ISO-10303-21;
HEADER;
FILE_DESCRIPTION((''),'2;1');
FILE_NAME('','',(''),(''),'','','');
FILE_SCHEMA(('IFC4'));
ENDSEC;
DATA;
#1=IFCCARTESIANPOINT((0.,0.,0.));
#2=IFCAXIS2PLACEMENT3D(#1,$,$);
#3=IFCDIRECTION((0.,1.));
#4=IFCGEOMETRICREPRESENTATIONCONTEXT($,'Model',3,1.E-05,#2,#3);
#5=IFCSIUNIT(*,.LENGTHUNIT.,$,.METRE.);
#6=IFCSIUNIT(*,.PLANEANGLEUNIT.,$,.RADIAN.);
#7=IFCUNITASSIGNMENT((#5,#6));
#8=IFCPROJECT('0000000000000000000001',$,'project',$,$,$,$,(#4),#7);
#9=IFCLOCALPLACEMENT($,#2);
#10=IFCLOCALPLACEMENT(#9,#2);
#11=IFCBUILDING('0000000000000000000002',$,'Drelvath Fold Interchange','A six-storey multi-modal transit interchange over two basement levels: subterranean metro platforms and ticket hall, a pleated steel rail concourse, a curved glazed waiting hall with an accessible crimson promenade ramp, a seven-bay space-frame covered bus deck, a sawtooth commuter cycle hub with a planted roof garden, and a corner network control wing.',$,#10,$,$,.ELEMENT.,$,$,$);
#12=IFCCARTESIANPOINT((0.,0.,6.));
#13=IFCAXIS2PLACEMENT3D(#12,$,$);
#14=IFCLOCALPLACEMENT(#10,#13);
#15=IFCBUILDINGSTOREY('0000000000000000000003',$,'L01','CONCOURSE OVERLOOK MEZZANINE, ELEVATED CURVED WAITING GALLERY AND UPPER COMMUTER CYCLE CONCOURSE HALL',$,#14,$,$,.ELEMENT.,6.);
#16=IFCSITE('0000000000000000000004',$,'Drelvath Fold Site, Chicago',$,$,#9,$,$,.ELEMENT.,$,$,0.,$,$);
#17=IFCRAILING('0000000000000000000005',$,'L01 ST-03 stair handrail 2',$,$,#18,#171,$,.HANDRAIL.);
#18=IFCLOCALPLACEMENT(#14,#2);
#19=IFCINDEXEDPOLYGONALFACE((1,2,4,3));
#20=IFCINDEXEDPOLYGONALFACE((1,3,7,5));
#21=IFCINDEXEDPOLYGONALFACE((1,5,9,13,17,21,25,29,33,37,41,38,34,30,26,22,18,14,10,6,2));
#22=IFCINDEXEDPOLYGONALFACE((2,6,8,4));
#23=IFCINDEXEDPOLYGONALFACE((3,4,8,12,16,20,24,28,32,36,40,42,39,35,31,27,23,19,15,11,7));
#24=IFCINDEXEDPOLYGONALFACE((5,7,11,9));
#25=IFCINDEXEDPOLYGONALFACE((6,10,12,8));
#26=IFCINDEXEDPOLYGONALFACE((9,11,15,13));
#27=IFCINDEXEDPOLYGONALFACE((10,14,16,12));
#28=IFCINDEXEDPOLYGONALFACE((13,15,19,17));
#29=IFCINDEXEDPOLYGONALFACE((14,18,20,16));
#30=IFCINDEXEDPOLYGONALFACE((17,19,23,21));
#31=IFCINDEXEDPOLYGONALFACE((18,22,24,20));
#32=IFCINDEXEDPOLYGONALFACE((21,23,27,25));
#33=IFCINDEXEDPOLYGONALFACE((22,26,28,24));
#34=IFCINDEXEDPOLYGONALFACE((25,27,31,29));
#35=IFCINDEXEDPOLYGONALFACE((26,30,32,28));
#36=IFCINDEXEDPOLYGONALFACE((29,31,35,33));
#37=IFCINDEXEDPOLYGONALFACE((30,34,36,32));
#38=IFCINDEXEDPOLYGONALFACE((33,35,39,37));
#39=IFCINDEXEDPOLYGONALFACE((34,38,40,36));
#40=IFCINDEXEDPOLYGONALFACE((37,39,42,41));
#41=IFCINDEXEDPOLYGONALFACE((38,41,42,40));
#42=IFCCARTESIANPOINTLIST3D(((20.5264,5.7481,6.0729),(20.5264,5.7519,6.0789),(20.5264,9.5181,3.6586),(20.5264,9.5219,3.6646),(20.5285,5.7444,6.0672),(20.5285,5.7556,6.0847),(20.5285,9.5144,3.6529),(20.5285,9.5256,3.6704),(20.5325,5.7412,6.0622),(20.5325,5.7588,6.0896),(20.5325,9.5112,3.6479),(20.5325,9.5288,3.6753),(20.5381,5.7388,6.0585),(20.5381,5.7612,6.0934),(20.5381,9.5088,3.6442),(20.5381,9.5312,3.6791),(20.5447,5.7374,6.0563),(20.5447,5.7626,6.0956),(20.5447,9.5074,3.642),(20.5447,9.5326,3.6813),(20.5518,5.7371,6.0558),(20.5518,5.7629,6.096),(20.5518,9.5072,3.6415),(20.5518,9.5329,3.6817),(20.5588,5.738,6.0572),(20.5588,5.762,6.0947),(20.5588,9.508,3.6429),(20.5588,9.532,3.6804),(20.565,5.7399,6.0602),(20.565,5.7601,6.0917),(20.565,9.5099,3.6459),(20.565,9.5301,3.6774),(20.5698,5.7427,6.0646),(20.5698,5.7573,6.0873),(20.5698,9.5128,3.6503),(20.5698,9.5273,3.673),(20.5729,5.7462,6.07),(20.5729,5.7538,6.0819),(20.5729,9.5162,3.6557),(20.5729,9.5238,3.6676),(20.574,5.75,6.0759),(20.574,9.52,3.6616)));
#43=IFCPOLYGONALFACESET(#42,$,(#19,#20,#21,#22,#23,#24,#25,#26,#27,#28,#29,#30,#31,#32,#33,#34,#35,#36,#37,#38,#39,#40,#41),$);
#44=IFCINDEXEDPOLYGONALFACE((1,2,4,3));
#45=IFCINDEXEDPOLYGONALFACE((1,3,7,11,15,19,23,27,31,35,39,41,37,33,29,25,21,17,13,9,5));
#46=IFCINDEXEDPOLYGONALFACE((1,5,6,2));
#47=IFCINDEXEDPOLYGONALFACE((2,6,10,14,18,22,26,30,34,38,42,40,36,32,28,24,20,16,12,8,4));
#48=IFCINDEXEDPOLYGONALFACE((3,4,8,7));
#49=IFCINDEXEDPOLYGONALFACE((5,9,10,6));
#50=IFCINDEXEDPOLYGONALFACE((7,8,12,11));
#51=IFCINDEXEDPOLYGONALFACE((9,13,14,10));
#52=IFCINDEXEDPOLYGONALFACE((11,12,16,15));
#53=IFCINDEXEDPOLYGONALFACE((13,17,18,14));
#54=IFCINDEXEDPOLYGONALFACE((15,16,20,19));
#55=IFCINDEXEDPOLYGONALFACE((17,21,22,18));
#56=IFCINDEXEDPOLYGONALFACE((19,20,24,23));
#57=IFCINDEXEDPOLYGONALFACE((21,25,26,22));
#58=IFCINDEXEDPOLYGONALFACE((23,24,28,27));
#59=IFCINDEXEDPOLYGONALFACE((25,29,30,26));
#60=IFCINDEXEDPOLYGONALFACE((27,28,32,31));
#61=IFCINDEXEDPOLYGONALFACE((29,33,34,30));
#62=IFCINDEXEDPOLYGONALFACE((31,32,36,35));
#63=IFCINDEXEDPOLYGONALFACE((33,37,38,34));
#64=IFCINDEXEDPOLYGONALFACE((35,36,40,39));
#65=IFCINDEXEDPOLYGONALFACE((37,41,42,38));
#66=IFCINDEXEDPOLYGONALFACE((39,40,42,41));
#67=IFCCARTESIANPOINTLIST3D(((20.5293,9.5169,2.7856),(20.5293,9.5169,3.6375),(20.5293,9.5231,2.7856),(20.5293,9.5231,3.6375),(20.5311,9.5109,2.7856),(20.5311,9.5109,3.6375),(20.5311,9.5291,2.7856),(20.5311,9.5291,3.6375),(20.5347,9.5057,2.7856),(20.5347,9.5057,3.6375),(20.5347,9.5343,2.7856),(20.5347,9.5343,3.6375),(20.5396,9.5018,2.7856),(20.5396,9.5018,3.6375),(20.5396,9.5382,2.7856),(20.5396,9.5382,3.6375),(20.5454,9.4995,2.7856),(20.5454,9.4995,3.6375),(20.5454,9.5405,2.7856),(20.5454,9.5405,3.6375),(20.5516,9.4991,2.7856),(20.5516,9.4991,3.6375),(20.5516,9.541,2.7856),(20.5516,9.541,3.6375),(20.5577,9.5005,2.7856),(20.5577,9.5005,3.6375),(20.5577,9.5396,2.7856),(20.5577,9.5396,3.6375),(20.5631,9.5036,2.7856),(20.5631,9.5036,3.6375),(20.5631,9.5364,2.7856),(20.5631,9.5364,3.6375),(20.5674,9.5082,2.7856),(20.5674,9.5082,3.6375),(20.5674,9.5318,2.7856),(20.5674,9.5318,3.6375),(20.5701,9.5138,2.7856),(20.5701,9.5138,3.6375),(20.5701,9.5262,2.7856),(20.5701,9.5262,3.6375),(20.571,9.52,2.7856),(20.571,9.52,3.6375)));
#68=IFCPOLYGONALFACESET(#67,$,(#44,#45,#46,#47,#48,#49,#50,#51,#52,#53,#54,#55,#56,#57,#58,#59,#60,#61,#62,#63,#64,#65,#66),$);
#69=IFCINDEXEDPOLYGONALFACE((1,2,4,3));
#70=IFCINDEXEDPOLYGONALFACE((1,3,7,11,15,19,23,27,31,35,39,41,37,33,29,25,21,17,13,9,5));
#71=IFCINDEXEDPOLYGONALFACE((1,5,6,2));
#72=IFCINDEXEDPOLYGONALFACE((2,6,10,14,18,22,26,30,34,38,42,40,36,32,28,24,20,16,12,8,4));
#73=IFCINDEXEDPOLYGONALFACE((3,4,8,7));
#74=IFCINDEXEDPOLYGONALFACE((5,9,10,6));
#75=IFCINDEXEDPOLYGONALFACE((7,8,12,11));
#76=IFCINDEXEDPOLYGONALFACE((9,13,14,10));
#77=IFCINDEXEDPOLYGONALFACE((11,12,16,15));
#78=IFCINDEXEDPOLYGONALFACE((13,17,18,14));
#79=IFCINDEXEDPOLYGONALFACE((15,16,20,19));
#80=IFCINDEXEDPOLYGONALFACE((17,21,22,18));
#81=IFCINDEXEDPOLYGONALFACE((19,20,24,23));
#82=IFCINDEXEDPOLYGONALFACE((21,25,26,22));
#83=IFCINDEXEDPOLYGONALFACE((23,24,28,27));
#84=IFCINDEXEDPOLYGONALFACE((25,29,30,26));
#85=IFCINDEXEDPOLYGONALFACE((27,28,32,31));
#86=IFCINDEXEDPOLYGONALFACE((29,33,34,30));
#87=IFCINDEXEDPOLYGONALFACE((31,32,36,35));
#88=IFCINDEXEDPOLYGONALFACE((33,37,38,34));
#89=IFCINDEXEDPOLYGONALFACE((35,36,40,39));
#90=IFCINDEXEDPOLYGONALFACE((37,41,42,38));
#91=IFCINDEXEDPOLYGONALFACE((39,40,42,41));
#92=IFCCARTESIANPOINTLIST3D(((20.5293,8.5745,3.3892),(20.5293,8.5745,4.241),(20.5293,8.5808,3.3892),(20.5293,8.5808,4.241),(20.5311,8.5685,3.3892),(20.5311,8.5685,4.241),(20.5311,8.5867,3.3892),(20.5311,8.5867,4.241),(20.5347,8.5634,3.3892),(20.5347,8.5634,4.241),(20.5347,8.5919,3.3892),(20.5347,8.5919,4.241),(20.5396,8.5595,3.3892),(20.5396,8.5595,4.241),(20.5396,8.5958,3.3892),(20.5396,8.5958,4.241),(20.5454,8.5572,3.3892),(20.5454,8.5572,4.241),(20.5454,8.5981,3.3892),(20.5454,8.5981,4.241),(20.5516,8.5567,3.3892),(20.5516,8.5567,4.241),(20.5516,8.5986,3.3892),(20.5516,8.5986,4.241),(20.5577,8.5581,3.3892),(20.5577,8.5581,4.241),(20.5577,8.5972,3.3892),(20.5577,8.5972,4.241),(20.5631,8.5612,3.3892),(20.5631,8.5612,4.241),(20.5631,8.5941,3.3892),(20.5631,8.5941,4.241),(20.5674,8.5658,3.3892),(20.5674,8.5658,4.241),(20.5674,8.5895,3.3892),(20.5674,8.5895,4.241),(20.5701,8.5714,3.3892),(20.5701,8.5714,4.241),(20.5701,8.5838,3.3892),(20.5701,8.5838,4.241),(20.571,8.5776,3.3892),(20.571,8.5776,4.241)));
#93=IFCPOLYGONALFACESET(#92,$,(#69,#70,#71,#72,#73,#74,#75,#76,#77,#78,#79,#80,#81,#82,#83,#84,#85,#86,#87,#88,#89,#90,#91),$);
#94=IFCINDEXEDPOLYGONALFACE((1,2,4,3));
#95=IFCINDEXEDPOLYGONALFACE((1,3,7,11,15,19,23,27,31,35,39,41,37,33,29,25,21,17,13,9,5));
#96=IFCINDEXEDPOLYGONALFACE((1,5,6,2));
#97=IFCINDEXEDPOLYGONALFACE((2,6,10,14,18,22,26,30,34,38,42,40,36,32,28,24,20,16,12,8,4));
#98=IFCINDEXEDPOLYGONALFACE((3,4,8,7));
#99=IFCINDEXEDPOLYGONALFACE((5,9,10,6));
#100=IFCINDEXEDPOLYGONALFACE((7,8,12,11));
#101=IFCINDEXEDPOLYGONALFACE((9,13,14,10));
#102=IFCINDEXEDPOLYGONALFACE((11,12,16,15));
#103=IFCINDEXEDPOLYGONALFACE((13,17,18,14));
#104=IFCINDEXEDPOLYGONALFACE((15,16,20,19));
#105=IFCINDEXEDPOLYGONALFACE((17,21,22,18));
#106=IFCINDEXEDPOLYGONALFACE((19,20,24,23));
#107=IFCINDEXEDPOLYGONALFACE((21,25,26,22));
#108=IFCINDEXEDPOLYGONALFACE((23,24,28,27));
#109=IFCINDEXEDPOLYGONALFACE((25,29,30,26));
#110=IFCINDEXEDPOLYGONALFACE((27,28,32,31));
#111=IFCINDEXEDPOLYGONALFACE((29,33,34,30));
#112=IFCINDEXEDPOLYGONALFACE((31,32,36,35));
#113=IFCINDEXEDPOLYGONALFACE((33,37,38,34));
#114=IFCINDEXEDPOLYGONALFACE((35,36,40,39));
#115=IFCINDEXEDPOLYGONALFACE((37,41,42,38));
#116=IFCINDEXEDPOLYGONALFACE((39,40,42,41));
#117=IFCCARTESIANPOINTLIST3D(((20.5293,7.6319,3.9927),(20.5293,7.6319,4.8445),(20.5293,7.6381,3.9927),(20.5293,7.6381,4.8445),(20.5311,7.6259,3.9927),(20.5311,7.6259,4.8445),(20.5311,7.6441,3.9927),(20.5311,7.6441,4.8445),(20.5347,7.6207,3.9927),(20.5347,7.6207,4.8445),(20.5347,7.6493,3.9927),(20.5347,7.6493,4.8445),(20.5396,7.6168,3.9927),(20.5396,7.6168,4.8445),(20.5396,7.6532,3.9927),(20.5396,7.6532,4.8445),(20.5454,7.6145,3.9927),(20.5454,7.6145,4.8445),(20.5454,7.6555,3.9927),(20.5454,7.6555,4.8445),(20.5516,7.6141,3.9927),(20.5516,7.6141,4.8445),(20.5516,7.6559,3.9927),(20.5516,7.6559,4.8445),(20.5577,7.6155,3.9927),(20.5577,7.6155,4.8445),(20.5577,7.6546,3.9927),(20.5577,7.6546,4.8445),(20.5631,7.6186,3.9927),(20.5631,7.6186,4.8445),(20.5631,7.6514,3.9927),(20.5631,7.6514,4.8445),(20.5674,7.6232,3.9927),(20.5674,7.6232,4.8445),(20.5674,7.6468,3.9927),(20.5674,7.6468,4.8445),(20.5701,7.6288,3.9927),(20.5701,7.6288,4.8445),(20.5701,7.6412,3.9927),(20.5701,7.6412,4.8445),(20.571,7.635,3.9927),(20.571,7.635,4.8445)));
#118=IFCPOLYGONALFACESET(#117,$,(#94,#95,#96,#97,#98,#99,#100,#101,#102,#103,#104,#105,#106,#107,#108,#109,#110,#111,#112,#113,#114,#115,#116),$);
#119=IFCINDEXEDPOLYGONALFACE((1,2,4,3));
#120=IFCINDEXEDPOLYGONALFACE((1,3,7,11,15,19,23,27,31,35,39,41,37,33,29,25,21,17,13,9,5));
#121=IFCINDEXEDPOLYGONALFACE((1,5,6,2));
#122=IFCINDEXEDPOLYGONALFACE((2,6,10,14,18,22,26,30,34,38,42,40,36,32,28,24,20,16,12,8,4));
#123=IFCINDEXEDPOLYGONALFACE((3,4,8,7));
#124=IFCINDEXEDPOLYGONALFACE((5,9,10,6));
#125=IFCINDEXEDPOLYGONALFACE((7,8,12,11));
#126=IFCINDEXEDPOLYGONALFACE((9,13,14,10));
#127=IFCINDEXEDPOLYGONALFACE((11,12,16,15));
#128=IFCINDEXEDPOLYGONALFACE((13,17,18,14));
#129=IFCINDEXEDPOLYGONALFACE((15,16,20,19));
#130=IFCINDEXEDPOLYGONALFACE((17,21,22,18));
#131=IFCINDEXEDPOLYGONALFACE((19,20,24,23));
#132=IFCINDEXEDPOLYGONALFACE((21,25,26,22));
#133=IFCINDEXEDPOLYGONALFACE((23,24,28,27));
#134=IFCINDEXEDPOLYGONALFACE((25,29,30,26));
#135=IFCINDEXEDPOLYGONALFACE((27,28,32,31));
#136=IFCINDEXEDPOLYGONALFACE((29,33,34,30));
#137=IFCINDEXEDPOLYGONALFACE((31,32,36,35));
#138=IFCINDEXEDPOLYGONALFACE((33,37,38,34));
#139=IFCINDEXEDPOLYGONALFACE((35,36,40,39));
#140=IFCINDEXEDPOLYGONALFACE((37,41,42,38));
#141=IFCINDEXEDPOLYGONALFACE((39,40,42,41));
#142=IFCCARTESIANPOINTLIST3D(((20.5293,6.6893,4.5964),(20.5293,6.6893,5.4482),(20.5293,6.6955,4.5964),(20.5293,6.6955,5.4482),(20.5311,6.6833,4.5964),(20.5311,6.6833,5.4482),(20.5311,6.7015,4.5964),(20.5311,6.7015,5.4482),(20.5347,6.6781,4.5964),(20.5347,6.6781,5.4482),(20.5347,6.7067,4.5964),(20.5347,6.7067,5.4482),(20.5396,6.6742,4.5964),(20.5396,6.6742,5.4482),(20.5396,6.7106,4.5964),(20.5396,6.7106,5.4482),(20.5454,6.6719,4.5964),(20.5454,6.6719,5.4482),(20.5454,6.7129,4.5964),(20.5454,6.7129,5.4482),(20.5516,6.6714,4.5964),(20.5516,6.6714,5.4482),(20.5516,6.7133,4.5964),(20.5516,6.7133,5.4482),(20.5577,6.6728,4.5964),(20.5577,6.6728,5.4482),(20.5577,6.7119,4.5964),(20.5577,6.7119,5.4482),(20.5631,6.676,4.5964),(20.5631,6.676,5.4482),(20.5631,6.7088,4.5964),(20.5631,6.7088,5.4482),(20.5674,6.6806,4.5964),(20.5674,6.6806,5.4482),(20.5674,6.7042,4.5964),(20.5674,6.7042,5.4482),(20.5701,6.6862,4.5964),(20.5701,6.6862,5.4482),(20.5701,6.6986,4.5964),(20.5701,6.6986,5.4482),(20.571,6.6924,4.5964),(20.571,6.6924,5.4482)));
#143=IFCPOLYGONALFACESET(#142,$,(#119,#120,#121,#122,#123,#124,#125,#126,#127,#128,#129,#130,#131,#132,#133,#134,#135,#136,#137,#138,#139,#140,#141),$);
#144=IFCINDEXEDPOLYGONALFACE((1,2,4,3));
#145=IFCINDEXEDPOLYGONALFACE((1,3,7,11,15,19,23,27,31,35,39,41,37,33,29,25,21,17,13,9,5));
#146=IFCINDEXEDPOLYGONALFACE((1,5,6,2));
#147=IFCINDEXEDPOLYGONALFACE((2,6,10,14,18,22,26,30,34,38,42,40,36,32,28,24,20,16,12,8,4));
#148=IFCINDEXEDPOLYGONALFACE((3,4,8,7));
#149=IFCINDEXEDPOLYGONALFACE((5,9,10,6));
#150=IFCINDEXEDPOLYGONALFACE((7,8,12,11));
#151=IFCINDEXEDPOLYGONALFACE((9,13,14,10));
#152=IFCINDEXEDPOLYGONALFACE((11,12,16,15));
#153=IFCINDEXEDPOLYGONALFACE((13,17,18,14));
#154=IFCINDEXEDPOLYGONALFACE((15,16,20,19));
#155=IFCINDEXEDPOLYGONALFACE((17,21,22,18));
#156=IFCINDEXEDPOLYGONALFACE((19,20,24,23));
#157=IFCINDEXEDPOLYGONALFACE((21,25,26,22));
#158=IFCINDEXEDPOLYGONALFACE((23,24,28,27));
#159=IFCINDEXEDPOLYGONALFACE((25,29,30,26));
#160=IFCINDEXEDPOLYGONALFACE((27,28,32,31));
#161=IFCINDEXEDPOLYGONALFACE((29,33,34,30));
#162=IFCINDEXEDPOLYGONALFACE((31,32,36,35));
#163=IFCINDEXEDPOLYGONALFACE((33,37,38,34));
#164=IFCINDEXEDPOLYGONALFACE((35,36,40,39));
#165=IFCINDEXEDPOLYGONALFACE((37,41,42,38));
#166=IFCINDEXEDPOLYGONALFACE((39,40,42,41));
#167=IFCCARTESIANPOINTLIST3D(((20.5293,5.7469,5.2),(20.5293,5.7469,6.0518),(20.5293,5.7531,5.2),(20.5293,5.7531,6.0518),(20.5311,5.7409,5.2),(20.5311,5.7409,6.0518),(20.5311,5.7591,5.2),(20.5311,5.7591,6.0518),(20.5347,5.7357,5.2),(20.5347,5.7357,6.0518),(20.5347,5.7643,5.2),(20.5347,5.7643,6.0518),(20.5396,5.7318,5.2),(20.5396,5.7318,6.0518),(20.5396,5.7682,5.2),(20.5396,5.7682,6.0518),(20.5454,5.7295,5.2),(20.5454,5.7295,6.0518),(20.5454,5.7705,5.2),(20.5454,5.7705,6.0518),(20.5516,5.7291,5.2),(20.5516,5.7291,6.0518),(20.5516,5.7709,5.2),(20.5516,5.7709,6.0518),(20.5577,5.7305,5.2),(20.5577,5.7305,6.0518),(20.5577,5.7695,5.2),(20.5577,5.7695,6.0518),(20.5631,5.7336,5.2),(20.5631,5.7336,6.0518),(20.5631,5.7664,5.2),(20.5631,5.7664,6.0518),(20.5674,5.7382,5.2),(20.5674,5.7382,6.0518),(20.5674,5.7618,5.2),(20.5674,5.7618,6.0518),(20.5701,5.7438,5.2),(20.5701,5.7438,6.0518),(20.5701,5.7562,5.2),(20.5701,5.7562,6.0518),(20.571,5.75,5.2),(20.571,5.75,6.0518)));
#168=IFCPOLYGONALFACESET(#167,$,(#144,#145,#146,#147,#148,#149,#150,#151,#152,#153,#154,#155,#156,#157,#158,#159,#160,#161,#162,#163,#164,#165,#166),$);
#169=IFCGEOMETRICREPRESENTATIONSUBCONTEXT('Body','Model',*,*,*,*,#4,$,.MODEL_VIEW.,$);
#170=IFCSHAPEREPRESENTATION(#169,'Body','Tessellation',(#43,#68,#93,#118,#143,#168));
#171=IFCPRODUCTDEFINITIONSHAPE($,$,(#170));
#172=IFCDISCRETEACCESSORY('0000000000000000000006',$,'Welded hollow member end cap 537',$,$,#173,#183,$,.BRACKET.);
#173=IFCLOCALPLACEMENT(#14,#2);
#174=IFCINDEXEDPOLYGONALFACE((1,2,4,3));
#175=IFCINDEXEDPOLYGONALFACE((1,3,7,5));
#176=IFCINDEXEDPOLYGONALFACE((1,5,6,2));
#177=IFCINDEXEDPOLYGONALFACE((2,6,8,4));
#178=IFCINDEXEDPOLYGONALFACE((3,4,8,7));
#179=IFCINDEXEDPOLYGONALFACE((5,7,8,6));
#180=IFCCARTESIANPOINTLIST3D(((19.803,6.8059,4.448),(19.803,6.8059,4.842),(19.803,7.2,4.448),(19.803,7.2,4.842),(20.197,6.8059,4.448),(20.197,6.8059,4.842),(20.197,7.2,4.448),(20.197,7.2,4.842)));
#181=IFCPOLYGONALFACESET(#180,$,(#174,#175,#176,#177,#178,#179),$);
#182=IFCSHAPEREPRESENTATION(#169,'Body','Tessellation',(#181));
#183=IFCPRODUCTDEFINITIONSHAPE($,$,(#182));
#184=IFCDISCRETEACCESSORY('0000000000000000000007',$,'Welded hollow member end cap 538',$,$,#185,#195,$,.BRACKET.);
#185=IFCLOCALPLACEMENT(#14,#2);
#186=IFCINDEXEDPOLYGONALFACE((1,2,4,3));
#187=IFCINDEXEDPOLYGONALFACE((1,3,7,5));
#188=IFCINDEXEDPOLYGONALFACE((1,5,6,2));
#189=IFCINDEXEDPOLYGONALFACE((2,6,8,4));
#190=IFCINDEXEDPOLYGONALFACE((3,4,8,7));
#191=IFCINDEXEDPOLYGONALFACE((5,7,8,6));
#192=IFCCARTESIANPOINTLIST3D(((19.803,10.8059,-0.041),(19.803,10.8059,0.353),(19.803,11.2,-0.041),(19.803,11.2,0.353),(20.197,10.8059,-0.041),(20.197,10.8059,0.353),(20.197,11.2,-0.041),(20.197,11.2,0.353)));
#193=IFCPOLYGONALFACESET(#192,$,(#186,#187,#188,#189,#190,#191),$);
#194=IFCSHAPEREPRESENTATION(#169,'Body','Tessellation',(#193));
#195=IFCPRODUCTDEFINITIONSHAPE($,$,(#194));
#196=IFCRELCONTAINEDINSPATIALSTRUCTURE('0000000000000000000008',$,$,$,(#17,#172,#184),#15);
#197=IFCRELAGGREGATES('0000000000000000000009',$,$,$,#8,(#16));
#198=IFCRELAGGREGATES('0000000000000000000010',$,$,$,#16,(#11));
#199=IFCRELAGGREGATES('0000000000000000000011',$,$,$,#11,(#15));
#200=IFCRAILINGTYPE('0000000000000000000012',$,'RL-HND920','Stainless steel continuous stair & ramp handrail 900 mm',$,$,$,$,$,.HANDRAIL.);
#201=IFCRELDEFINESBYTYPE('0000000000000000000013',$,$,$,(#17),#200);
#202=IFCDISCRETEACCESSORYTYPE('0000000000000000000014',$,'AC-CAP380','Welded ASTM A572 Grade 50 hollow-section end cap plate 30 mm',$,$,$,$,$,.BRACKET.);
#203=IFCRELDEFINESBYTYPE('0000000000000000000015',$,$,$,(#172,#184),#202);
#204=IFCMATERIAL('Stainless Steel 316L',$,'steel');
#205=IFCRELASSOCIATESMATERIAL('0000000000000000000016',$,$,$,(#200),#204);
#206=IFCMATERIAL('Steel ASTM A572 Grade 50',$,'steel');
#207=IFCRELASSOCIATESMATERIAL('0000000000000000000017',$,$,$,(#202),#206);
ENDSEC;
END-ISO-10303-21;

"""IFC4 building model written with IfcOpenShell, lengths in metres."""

from ifc_helpers import new_model, si_unit, direction, frame, origin, origin_2d, place, context, subcontext, project, spatial, rectangle, circle, extrude, material, type_object, element, save


model = new_model("IFC4")

# Units and contexts
model_context = context("Model", 3, precision=1e-05, world=origin(), true_north=direction((0.0, 1.0)))
body_context = subcontext(model_context, "Body", "Model", "MODEL_VIEW")
ifc_project = project(units=[si_unit("LENGTHUNIT", "METRE"), si_unit("PLANEANGLEUNIT", "RADIAN")], contexts=[model_context])

# Site, building, storey
site_placement = place(None, origin())
site = spatial("IfcSite", under=ifc_project, at=site_placement, Name="Drelvath Fold Site, Chicago", CompositionType="ELEMENT", RefElevation=0.0)
building_placement = place(site_placement, origin())
building = spatial("IfcBuilding", under=site, at=building_placement, Name="Drelvath Fold Interchange", Description="A six-storey multi-modal transit interchange over two basement levels: subterranean metro platforms and ticket hall, a pleated steel rail concourse, a curved glazed waiting hall with an accessible crimson promenade ramp, a seven-bay space-frame covered bus deck, a sawtooth commuter cycle hub with a planted roof garden, and a corner network control wing.", CompositionType="ELEMENT")
storey_placement = place(building_placement, frame((0.0, 0.0, 6.0)))
storey = spatial("IfcBuildingStorey", under=building, at=storey_placement, Name="L01", Description="CONCOURSE OVERLOOK MEZZANINE, ELEVATED CURVED WAITING GALLERY AND UPPER COMMUTER CYCLE CONCOURSE HALL", CompositionType="ELEMENT", Elevation=6.0)

# Shared definitions
ifc_material_1 = material(Name="Steel ASTM A572 Grade 50", Category="steel")

# Railing
ifc_material_2 = material(Name="Stainless Steel 316L", Category="steel")
railing_type_1 = type_object("IfcRailingType", Name="RL-HND920", Description="Stainless steel continuous stair & ramp handrail 900 mm", PredefinedType="HANDRAIL", material=ifc_material_2)
railing_1_placement = place(storey_placement, frame((20.55, 9.52, 2.7856)))
element("IfcRailing", 1, at=railing_1_placement, inside=storey, type_object=railing_type_1, Name="L01 ST-03 stair handrail 2", PredefinedType="HANDRAIL", context=body_context, shape_type="SweptSolid", body=[
    extrude(circle(Radius=0.0239, at=origin_2d()), frame((0.0, 0.0, 0.876), z_axis=(0.0, -0.84212, 0.53929), x_axis=(1.0, 0.0, 0.0)), (0.0, 0.0, 1.0), 4.4768),
    extrude(circle(Radius=0.021, at=origin_2d()), origin(), (0.0, 0.0, 1.0), 0.8518),
    extrude(circle(Radius=0.021, at=origin_2d()), frame((0.0, -0.9424, 0.6035)), (0.0, 0.0, 1.0), 0.8518),
    extrude(circle(Radius=0.021, at=origin_2d()), frame((0.0, -1.885, 1.207)), (0.0, 0.0, 1.0), 0.8518),
    extrude(circle(Radius=0.021, at=origin_2d()), frame((0.0, -2.8276, 1.8108)), (0.0, 0.0, 1.0), 0.8518),
    extrude(circle(Radius=0.021, at=origin_2d()), frame((0.0, -3.77, 2.4143)), (0.0, 0.0, 1.0), 0.8518),
])

# Discrete accessories
discrete_accessory_type = type_object("IfcDiscreteAccessoryType", Name="AC-CAP380", Description="Welded ASTM A572 Grade 50 hollow-section end cap plate 30 mm", PredefinedType="BRACKET", material=ifc_material_1)
for number, where, z_axis, x_axis, name in (
    (2, (20.0, 7.0029, 4.448), (0.0, 0.0, 1.0), (1.0, 0.0, 0.0), "Welded hollow member end cap 537"),
    (3, (20.0, 11.0029, -0.041), (0.0, 0.0, 1.0), (1.0, 0.0, 0.0), "Welded hollow member end cap 538"),
):
    element("IfcDiscreteAccessory", number, at=place(storey_placement, frame(where, z_axis=z_axis, x_axis=x_axis)), inside=storey, type_object=discrete_accessory_type, Name=name, PredefinedType="BRACKET", context=body_context, shape_type="SweptSolid", body=[
        extrude(rectangle(XDim=0.394, YDim=0.394, at=origin_2d()), origin(), (0.0, 0.0, 1.0), 0.394),
    ])

save(model, "model.ifc")
